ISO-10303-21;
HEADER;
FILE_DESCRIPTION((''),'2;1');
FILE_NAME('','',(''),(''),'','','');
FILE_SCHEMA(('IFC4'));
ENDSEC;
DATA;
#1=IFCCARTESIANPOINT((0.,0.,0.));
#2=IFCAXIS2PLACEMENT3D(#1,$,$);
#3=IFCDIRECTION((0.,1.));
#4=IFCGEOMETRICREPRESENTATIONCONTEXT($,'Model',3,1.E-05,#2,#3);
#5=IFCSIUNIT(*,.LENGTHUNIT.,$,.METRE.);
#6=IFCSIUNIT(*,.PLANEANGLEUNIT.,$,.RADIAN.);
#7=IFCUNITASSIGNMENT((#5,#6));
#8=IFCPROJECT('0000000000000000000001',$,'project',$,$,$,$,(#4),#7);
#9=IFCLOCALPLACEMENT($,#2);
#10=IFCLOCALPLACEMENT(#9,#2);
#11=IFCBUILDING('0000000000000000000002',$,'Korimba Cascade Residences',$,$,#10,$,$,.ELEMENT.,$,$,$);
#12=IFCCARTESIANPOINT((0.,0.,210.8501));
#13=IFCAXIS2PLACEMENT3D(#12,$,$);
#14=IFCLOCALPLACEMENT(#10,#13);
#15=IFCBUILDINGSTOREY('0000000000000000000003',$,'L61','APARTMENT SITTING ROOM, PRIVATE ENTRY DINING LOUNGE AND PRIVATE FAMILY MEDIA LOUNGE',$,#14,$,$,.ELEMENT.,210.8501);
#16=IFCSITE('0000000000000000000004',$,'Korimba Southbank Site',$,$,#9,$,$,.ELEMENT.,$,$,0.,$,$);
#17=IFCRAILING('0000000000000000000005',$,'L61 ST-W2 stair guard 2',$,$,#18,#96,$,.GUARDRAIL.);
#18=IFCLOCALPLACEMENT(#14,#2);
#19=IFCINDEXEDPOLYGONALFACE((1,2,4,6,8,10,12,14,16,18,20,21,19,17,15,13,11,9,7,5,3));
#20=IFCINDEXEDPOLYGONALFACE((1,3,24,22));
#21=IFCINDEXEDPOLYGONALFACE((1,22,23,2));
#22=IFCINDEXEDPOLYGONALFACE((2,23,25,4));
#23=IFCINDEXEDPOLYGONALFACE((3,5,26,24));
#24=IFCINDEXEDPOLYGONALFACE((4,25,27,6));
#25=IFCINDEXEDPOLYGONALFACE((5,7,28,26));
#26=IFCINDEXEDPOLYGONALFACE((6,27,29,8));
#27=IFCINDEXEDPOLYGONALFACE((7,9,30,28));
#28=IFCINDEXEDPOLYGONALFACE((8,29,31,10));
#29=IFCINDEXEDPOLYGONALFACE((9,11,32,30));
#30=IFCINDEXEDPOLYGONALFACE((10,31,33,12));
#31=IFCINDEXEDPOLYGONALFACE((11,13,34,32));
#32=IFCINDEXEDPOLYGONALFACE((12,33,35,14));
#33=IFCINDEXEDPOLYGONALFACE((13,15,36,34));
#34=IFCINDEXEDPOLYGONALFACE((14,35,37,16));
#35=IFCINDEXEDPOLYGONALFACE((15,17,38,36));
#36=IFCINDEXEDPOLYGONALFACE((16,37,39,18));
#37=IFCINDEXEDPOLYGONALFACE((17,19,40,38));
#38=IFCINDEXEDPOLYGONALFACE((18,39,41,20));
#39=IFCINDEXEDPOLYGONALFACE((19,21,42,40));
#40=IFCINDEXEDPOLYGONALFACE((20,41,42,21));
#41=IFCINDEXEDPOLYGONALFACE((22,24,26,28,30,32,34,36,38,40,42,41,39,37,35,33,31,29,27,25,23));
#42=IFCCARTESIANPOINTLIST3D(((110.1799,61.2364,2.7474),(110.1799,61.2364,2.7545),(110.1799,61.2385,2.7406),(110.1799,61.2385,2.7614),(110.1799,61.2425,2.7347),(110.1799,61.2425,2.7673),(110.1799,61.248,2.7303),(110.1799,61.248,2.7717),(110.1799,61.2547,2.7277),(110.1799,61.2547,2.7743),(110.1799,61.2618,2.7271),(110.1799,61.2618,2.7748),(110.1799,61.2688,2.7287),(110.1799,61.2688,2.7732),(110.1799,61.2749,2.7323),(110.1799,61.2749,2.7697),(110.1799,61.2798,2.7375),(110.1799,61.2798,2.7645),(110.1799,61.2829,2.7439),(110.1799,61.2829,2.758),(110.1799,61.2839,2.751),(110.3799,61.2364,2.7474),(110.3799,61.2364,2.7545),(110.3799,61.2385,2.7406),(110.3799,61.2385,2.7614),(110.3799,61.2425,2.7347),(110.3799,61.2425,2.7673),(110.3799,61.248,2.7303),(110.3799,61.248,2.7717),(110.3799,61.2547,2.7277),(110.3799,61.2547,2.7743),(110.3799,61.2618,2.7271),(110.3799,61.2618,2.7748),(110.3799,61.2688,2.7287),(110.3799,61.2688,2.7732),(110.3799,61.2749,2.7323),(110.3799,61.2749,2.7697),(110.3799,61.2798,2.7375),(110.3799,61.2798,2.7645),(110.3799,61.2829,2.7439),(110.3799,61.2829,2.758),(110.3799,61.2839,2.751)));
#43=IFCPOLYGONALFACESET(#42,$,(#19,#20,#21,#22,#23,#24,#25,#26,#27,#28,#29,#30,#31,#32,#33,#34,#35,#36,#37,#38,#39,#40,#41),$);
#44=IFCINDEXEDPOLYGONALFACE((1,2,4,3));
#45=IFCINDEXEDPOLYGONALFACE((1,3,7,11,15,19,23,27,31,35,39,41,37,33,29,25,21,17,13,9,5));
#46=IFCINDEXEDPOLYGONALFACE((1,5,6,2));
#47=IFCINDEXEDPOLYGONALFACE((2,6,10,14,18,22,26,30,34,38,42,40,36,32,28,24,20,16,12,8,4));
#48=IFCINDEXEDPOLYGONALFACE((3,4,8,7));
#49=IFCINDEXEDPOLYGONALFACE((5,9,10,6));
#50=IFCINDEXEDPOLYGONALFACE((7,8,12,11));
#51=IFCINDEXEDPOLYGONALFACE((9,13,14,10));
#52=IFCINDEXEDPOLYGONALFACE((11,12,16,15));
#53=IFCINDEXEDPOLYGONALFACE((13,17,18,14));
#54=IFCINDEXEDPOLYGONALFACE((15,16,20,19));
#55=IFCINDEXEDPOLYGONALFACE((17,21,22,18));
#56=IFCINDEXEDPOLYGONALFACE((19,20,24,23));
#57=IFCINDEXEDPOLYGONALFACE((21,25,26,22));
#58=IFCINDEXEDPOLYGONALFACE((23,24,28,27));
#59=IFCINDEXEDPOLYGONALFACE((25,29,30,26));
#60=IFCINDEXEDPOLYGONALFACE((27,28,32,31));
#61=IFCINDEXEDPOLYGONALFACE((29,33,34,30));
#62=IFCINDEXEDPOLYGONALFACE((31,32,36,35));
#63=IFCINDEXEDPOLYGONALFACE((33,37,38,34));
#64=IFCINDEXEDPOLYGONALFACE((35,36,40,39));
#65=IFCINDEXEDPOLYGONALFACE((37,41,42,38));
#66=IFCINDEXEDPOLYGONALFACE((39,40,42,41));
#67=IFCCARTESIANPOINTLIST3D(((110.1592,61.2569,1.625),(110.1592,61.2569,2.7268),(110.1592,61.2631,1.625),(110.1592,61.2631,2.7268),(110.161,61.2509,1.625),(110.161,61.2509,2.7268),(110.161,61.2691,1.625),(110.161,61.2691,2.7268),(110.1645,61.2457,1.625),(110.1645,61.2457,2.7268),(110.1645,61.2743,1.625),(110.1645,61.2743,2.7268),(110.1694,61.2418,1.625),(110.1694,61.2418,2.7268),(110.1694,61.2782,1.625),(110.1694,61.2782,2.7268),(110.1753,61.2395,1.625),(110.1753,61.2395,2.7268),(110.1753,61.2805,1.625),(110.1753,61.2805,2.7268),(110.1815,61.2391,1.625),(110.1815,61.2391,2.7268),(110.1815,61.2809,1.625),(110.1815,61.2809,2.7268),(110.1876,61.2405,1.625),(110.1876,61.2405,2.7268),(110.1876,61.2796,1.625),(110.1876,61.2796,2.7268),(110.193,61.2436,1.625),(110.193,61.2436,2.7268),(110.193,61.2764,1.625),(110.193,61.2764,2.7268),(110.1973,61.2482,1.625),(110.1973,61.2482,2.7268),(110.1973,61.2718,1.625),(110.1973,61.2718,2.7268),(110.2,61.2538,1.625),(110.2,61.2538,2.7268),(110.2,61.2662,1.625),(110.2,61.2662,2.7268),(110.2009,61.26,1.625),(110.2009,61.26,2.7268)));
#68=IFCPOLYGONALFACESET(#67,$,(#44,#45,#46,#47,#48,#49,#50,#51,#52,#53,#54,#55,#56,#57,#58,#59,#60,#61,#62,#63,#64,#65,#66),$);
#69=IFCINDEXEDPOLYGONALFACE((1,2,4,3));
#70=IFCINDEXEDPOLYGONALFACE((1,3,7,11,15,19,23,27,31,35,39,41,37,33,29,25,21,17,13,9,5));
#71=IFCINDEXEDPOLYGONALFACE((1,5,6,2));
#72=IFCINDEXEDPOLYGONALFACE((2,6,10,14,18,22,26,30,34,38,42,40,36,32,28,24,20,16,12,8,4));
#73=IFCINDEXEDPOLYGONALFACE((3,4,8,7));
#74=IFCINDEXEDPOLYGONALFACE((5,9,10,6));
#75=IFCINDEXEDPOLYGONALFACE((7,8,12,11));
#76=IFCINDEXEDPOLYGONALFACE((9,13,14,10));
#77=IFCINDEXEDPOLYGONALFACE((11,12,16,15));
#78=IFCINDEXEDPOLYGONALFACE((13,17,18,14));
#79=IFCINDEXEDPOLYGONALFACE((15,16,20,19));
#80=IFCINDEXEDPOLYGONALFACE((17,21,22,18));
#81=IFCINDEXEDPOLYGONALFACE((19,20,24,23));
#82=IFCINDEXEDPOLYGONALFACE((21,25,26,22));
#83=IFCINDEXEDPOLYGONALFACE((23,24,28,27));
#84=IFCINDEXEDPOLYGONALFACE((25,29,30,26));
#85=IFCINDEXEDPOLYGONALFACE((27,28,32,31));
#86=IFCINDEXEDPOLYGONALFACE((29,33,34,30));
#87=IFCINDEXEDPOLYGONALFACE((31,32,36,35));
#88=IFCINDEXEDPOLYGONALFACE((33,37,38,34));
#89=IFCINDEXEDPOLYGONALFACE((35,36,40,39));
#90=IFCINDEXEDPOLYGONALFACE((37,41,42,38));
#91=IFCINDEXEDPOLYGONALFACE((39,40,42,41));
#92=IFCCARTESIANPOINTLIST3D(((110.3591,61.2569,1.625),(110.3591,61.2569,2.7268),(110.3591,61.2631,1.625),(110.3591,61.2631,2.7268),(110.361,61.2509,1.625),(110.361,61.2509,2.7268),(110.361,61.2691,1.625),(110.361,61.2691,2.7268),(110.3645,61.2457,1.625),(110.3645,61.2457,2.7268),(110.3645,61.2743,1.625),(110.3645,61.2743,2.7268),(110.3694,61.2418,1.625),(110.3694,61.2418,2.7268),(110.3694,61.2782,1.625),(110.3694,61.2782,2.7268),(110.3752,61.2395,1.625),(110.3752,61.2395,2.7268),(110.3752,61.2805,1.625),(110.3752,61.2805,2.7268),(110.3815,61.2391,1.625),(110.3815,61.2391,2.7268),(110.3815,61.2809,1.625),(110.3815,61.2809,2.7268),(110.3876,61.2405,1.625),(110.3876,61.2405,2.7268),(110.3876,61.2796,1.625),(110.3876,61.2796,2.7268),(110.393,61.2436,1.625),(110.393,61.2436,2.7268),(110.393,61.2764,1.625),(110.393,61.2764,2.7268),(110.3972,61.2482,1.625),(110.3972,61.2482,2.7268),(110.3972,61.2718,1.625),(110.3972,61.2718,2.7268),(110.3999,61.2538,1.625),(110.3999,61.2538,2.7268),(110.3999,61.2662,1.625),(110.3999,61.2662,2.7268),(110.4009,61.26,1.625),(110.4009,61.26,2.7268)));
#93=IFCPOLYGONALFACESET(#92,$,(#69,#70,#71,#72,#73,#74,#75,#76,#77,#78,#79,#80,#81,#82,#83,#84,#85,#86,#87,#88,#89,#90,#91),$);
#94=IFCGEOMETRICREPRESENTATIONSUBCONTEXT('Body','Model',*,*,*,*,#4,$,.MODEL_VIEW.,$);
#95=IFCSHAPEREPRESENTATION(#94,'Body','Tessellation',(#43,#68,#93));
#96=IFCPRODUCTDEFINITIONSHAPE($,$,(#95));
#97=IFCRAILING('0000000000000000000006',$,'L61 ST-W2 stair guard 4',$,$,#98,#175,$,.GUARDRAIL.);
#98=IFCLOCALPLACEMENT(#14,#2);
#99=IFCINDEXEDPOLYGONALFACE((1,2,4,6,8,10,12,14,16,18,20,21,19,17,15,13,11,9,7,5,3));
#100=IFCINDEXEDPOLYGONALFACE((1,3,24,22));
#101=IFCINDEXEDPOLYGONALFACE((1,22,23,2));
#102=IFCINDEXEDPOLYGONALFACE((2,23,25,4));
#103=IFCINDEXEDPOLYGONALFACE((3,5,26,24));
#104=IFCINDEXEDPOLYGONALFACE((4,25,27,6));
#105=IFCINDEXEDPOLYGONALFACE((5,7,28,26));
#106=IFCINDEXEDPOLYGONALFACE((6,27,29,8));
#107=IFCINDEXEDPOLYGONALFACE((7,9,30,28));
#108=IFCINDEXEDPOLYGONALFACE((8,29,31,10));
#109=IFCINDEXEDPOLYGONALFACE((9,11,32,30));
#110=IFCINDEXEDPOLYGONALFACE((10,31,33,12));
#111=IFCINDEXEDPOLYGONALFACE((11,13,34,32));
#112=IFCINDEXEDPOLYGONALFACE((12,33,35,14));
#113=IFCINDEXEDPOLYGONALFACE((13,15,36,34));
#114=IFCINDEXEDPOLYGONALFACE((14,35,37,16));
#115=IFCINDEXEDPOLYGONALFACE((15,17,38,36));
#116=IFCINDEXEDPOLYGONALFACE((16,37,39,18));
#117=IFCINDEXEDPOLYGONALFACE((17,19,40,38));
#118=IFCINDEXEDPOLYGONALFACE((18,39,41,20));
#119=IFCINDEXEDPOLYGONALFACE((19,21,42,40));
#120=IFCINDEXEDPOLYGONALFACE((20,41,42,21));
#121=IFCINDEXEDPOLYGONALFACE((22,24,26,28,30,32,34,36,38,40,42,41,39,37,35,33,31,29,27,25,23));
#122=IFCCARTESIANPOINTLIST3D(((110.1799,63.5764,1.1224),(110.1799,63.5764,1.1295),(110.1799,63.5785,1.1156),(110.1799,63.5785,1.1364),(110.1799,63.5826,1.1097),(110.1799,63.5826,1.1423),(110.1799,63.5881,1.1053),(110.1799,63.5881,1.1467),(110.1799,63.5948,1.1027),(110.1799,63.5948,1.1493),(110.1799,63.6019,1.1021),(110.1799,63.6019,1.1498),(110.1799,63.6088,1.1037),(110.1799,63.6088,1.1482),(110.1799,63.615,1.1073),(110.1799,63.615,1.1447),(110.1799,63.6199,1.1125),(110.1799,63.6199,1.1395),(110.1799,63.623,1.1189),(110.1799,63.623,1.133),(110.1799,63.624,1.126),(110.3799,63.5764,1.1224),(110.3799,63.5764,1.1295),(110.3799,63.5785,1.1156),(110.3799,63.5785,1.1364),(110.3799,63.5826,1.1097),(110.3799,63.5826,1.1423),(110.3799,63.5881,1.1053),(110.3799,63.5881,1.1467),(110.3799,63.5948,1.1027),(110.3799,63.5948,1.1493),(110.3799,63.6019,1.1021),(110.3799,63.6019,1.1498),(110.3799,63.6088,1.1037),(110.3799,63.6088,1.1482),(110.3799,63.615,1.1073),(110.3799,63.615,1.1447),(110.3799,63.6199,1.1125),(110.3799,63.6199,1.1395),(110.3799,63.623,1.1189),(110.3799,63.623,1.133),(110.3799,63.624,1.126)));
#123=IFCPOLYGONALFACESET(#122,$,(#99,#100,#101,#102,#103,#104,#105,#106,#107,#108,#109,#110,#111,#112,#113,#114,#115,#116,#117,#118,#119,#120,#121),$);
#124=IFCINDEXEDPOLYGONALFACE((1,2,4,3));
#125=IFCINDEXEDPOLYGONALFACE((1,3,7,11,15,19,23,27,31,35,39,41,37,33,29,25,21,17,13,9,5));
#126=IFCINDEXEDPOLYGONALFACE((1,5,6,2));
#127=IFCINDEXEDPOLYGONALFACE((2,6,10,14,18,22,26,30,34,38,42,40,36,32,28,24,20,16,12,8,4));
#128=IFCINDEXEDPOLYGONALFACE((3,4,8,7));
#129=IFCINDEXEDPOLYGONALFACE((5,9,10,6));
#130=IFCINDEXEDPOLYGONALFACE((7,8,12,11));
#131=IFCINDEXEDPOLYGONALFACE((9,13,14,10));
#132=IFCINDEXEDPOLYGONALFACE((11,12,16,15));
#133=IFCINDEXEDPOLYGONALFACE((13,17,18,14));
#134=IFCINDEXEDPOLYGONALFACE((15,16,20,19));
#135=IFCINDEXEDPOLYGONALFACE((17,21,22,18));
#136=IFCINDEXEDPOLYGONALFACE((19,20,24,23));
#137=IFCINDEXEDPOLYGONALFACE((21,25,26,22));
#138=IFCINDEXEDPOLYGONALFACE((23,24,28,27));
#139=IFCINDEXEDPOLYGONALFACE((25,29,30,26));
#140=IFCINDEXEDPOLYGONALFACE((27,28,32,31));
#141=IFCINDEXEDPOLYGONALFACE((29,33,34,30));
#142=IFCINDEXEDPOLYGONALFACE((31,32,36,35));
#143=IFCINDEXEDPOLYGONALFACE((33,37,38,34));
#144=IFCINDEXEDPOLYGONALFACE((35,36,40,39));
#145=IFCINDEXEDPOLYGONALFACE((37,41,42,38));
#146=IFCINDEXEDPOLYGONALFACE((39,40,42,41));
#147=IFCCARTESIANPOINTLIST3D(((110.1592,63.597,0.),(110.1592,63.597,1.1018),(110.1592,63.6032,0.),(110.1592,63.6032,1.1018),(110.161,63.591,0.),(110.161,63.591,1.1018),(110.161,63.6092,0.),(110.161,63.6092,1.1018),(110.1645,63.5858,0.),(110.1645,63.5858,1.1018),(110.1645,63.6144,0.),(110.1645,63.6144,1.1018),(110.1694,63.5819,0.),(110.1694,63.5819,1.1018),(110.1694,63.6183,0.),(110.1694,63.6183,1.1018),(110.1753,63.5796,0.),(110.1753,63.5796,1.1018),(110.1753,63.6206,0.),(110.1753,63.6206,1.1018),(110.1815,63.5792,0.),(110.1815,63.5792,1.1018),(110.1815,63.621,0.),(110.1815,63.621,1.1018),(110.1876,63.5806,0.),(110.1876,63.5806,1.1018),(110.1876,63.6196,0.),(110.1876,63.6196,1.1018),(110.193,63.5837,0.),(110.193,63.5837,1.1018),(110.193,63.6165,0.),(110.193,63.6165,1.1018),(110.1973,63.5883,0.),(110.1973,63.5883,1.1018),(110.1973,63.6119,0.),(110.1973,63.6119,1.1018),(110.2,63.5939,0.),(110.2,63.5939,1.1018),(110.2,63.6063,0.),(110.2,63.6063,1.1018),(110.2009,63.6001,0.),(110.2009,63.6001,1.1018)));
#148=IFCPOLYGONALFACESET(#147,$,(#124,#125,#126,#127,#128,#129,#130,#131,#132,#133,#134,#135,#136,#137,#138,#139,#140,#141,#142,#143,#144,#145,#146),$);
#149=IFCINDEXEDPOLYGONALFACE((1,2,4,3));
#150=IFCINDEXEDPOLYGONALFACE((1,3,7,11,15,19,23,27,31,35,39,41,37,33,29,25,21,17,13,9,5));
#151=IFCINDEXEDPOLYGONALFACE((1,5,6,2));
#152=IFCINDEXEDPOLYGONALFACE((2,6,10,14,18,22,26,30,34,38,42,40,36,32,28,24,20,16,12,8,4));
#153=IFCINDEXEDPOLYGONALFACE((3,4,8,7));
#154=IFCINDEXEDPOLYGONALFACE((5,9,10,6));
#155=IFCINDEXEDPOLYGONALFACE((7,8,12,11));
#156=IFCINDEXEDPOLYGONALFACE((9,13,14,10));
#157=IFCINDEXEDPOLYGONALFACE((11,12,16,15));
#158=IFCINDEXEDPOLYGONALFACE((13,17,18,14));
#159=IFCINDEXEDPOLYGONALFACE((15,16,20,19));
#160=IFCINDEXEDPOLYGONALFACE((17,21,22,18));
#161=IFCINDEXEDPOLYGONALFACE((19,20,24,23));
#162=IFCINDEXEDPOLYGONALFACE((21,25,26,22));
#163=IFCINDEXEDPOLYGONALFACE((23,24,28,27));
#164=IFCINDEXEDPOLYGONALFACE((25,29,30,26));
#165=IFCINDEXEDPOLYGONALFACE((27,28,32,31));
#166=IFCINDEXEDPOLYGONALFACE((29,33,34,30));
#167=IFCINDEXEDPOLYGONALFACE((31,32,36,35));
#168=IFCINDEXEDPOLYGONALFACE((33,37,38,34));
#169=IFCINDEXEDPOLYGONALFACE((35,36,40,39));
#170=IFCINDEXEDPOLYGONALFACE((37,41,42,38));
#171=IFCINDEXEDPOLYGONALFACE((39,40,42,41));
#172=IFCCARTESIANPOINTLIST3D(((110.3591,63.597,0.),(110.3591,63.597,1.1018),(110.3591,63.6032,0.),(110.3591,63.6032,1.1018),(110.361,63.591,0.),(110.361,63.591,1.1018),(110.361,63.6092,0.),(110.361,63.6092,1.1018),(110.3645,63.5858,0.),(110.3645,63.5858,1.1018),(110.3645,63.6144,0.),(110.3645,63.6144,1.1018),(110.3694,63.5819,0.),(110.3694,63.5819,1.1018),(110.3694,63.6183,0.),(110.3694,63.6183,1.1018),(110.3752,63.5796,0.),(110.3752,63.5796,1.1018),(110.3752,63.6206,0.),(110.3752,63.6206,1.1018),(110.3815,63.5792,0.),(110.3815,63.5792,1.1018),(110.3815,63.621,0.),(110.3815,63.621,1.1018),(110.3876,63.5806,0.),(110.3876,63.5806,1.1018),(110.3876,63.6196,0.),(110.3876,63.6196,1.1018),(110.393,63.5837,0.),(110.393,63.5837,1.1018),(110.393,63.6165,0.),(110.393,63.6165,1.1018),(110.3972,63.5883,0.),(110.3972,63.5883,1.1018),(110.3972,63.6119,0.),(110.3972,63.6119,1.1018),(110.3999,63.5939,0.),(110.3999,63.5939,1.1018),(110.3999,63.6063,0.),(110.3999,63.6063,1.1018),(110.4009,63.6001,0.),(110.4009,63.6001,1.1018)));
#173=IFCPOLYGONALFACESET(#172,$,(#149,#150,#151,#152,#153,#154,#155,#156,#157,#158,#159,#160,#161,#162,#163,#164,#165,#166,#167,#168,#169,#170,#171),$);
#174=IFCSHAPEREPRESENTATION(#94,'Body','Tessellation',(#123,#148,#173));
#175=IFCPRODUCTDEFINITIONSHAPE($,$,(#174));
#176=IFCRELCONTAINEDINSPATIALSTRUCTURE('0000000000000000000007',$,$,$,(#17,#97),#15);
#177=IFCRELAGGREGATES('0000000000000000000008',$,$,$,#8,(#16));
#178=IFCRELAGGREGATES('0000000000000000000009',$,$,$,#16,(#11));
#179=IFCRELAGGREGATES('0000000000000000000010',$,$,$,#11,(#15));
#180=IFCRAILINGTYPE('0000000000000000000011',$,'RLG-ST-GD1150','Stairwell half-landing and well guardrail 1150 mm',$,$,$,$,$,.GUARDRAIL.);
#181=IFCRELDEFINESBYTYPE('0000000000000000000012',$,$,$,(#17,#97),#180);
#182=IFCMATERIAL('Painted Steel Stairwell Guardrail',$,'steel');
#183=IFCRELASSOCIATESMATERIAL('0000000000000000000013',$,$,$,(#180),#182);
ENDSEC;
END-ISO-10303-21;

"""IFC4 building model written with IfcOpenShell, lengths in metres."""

from ifc_helpers import new_model, si_unit, direction, frame, origin, origin_2d, place, context, subcontext, project, spatial, circle, extrude, material, type_object, element, save


model = new_model("IFC4")

# Units and contexts
model_context = context("Model", 3, precision=1e-05, world=origin(), true_north=direction((0.0, 1.0)))
body_context = subcontext(model_context, "Body", "Model", "MODEL_VIEW")
ifc_project = project(units=[si_unit("LENGTHUNIT", "METRE"), si_unit("PLANEANGLEUNIT", "RADIAN")], contexts=[model_context])

# Site, building, storey
site_placement = place(None, origin())
site = spatial("IfcSite", under=ifc_project, at=site_placement, Name="Korimba Southbank Site", CompositionType="ELEMENT", RefElevation=0.0)
building_placement = place(site_placement, origin())
building = spatial("IfcBuilding", under=site, at=building_placement, Name="Korimba Cascade Residences", CompositionType="ELEMENT")
storey_placement = place(building_placement, frame((0.0, 0.0, 210.8501)))
storey = spatial("IfcBuildingStorey", under=building, at=storey_placement, Name="L61", Description="APARTMENT SITTING ROOM, PRIVATE ENTRY DINING LOUNGE AND PRIVATE FAMILY MEDIA LOUNGE", CompositionType="ELEMENT", Elevation=210.8501)

# Railings
ifc_material_1 = material(Name="Painted Steel Stairwell Guardrail", Category="steel")
railing_type_1 = type_object("IfcRailingType", Name="RLG-ST-GD1150", Description="Stairwell half-landing and well guardrail 1150 mm", PredefinedType="GUARDRAIL", material=ifc_material_1)
for number, where, name in (
    (1, (110.1799, 61.26, 1.625), "L61 ST-W2 stair guard 2"),
    (2, (110.1799, 63.6001, 0.0), "L61 ST-W2 stair guard 4"),
):
    element("IfcRailing", number, at=place(storey_placement, frame(where)), inside=storey, type_object=railing_type_1, Name=name, PredefinedType="GUARDRAIL", context=body_context, shape_type="SweptSolid", body=[
        extrude(circle(Radius=0.0239, at=origin_2d()), frame((0.0, 0.0, 1.126), z_axis=(1.0, 0.0, 0.0), x_axis=(0.0, 1.0, 0.0)), (0.0, 0.0, 1.0), 0.2),
        extrude(circle(Radius=0.021, at=origin_2d()), origin(), (0.0, 0.0, 1.0), 1.1018),
        extrude(circle(Radius=0.021, at=origin_2d()), frame((0.2, 0.0, 0.0)), (0.0, 0.0, 1.0), 1.1018),
    ])

save(model, "model.ifc")
